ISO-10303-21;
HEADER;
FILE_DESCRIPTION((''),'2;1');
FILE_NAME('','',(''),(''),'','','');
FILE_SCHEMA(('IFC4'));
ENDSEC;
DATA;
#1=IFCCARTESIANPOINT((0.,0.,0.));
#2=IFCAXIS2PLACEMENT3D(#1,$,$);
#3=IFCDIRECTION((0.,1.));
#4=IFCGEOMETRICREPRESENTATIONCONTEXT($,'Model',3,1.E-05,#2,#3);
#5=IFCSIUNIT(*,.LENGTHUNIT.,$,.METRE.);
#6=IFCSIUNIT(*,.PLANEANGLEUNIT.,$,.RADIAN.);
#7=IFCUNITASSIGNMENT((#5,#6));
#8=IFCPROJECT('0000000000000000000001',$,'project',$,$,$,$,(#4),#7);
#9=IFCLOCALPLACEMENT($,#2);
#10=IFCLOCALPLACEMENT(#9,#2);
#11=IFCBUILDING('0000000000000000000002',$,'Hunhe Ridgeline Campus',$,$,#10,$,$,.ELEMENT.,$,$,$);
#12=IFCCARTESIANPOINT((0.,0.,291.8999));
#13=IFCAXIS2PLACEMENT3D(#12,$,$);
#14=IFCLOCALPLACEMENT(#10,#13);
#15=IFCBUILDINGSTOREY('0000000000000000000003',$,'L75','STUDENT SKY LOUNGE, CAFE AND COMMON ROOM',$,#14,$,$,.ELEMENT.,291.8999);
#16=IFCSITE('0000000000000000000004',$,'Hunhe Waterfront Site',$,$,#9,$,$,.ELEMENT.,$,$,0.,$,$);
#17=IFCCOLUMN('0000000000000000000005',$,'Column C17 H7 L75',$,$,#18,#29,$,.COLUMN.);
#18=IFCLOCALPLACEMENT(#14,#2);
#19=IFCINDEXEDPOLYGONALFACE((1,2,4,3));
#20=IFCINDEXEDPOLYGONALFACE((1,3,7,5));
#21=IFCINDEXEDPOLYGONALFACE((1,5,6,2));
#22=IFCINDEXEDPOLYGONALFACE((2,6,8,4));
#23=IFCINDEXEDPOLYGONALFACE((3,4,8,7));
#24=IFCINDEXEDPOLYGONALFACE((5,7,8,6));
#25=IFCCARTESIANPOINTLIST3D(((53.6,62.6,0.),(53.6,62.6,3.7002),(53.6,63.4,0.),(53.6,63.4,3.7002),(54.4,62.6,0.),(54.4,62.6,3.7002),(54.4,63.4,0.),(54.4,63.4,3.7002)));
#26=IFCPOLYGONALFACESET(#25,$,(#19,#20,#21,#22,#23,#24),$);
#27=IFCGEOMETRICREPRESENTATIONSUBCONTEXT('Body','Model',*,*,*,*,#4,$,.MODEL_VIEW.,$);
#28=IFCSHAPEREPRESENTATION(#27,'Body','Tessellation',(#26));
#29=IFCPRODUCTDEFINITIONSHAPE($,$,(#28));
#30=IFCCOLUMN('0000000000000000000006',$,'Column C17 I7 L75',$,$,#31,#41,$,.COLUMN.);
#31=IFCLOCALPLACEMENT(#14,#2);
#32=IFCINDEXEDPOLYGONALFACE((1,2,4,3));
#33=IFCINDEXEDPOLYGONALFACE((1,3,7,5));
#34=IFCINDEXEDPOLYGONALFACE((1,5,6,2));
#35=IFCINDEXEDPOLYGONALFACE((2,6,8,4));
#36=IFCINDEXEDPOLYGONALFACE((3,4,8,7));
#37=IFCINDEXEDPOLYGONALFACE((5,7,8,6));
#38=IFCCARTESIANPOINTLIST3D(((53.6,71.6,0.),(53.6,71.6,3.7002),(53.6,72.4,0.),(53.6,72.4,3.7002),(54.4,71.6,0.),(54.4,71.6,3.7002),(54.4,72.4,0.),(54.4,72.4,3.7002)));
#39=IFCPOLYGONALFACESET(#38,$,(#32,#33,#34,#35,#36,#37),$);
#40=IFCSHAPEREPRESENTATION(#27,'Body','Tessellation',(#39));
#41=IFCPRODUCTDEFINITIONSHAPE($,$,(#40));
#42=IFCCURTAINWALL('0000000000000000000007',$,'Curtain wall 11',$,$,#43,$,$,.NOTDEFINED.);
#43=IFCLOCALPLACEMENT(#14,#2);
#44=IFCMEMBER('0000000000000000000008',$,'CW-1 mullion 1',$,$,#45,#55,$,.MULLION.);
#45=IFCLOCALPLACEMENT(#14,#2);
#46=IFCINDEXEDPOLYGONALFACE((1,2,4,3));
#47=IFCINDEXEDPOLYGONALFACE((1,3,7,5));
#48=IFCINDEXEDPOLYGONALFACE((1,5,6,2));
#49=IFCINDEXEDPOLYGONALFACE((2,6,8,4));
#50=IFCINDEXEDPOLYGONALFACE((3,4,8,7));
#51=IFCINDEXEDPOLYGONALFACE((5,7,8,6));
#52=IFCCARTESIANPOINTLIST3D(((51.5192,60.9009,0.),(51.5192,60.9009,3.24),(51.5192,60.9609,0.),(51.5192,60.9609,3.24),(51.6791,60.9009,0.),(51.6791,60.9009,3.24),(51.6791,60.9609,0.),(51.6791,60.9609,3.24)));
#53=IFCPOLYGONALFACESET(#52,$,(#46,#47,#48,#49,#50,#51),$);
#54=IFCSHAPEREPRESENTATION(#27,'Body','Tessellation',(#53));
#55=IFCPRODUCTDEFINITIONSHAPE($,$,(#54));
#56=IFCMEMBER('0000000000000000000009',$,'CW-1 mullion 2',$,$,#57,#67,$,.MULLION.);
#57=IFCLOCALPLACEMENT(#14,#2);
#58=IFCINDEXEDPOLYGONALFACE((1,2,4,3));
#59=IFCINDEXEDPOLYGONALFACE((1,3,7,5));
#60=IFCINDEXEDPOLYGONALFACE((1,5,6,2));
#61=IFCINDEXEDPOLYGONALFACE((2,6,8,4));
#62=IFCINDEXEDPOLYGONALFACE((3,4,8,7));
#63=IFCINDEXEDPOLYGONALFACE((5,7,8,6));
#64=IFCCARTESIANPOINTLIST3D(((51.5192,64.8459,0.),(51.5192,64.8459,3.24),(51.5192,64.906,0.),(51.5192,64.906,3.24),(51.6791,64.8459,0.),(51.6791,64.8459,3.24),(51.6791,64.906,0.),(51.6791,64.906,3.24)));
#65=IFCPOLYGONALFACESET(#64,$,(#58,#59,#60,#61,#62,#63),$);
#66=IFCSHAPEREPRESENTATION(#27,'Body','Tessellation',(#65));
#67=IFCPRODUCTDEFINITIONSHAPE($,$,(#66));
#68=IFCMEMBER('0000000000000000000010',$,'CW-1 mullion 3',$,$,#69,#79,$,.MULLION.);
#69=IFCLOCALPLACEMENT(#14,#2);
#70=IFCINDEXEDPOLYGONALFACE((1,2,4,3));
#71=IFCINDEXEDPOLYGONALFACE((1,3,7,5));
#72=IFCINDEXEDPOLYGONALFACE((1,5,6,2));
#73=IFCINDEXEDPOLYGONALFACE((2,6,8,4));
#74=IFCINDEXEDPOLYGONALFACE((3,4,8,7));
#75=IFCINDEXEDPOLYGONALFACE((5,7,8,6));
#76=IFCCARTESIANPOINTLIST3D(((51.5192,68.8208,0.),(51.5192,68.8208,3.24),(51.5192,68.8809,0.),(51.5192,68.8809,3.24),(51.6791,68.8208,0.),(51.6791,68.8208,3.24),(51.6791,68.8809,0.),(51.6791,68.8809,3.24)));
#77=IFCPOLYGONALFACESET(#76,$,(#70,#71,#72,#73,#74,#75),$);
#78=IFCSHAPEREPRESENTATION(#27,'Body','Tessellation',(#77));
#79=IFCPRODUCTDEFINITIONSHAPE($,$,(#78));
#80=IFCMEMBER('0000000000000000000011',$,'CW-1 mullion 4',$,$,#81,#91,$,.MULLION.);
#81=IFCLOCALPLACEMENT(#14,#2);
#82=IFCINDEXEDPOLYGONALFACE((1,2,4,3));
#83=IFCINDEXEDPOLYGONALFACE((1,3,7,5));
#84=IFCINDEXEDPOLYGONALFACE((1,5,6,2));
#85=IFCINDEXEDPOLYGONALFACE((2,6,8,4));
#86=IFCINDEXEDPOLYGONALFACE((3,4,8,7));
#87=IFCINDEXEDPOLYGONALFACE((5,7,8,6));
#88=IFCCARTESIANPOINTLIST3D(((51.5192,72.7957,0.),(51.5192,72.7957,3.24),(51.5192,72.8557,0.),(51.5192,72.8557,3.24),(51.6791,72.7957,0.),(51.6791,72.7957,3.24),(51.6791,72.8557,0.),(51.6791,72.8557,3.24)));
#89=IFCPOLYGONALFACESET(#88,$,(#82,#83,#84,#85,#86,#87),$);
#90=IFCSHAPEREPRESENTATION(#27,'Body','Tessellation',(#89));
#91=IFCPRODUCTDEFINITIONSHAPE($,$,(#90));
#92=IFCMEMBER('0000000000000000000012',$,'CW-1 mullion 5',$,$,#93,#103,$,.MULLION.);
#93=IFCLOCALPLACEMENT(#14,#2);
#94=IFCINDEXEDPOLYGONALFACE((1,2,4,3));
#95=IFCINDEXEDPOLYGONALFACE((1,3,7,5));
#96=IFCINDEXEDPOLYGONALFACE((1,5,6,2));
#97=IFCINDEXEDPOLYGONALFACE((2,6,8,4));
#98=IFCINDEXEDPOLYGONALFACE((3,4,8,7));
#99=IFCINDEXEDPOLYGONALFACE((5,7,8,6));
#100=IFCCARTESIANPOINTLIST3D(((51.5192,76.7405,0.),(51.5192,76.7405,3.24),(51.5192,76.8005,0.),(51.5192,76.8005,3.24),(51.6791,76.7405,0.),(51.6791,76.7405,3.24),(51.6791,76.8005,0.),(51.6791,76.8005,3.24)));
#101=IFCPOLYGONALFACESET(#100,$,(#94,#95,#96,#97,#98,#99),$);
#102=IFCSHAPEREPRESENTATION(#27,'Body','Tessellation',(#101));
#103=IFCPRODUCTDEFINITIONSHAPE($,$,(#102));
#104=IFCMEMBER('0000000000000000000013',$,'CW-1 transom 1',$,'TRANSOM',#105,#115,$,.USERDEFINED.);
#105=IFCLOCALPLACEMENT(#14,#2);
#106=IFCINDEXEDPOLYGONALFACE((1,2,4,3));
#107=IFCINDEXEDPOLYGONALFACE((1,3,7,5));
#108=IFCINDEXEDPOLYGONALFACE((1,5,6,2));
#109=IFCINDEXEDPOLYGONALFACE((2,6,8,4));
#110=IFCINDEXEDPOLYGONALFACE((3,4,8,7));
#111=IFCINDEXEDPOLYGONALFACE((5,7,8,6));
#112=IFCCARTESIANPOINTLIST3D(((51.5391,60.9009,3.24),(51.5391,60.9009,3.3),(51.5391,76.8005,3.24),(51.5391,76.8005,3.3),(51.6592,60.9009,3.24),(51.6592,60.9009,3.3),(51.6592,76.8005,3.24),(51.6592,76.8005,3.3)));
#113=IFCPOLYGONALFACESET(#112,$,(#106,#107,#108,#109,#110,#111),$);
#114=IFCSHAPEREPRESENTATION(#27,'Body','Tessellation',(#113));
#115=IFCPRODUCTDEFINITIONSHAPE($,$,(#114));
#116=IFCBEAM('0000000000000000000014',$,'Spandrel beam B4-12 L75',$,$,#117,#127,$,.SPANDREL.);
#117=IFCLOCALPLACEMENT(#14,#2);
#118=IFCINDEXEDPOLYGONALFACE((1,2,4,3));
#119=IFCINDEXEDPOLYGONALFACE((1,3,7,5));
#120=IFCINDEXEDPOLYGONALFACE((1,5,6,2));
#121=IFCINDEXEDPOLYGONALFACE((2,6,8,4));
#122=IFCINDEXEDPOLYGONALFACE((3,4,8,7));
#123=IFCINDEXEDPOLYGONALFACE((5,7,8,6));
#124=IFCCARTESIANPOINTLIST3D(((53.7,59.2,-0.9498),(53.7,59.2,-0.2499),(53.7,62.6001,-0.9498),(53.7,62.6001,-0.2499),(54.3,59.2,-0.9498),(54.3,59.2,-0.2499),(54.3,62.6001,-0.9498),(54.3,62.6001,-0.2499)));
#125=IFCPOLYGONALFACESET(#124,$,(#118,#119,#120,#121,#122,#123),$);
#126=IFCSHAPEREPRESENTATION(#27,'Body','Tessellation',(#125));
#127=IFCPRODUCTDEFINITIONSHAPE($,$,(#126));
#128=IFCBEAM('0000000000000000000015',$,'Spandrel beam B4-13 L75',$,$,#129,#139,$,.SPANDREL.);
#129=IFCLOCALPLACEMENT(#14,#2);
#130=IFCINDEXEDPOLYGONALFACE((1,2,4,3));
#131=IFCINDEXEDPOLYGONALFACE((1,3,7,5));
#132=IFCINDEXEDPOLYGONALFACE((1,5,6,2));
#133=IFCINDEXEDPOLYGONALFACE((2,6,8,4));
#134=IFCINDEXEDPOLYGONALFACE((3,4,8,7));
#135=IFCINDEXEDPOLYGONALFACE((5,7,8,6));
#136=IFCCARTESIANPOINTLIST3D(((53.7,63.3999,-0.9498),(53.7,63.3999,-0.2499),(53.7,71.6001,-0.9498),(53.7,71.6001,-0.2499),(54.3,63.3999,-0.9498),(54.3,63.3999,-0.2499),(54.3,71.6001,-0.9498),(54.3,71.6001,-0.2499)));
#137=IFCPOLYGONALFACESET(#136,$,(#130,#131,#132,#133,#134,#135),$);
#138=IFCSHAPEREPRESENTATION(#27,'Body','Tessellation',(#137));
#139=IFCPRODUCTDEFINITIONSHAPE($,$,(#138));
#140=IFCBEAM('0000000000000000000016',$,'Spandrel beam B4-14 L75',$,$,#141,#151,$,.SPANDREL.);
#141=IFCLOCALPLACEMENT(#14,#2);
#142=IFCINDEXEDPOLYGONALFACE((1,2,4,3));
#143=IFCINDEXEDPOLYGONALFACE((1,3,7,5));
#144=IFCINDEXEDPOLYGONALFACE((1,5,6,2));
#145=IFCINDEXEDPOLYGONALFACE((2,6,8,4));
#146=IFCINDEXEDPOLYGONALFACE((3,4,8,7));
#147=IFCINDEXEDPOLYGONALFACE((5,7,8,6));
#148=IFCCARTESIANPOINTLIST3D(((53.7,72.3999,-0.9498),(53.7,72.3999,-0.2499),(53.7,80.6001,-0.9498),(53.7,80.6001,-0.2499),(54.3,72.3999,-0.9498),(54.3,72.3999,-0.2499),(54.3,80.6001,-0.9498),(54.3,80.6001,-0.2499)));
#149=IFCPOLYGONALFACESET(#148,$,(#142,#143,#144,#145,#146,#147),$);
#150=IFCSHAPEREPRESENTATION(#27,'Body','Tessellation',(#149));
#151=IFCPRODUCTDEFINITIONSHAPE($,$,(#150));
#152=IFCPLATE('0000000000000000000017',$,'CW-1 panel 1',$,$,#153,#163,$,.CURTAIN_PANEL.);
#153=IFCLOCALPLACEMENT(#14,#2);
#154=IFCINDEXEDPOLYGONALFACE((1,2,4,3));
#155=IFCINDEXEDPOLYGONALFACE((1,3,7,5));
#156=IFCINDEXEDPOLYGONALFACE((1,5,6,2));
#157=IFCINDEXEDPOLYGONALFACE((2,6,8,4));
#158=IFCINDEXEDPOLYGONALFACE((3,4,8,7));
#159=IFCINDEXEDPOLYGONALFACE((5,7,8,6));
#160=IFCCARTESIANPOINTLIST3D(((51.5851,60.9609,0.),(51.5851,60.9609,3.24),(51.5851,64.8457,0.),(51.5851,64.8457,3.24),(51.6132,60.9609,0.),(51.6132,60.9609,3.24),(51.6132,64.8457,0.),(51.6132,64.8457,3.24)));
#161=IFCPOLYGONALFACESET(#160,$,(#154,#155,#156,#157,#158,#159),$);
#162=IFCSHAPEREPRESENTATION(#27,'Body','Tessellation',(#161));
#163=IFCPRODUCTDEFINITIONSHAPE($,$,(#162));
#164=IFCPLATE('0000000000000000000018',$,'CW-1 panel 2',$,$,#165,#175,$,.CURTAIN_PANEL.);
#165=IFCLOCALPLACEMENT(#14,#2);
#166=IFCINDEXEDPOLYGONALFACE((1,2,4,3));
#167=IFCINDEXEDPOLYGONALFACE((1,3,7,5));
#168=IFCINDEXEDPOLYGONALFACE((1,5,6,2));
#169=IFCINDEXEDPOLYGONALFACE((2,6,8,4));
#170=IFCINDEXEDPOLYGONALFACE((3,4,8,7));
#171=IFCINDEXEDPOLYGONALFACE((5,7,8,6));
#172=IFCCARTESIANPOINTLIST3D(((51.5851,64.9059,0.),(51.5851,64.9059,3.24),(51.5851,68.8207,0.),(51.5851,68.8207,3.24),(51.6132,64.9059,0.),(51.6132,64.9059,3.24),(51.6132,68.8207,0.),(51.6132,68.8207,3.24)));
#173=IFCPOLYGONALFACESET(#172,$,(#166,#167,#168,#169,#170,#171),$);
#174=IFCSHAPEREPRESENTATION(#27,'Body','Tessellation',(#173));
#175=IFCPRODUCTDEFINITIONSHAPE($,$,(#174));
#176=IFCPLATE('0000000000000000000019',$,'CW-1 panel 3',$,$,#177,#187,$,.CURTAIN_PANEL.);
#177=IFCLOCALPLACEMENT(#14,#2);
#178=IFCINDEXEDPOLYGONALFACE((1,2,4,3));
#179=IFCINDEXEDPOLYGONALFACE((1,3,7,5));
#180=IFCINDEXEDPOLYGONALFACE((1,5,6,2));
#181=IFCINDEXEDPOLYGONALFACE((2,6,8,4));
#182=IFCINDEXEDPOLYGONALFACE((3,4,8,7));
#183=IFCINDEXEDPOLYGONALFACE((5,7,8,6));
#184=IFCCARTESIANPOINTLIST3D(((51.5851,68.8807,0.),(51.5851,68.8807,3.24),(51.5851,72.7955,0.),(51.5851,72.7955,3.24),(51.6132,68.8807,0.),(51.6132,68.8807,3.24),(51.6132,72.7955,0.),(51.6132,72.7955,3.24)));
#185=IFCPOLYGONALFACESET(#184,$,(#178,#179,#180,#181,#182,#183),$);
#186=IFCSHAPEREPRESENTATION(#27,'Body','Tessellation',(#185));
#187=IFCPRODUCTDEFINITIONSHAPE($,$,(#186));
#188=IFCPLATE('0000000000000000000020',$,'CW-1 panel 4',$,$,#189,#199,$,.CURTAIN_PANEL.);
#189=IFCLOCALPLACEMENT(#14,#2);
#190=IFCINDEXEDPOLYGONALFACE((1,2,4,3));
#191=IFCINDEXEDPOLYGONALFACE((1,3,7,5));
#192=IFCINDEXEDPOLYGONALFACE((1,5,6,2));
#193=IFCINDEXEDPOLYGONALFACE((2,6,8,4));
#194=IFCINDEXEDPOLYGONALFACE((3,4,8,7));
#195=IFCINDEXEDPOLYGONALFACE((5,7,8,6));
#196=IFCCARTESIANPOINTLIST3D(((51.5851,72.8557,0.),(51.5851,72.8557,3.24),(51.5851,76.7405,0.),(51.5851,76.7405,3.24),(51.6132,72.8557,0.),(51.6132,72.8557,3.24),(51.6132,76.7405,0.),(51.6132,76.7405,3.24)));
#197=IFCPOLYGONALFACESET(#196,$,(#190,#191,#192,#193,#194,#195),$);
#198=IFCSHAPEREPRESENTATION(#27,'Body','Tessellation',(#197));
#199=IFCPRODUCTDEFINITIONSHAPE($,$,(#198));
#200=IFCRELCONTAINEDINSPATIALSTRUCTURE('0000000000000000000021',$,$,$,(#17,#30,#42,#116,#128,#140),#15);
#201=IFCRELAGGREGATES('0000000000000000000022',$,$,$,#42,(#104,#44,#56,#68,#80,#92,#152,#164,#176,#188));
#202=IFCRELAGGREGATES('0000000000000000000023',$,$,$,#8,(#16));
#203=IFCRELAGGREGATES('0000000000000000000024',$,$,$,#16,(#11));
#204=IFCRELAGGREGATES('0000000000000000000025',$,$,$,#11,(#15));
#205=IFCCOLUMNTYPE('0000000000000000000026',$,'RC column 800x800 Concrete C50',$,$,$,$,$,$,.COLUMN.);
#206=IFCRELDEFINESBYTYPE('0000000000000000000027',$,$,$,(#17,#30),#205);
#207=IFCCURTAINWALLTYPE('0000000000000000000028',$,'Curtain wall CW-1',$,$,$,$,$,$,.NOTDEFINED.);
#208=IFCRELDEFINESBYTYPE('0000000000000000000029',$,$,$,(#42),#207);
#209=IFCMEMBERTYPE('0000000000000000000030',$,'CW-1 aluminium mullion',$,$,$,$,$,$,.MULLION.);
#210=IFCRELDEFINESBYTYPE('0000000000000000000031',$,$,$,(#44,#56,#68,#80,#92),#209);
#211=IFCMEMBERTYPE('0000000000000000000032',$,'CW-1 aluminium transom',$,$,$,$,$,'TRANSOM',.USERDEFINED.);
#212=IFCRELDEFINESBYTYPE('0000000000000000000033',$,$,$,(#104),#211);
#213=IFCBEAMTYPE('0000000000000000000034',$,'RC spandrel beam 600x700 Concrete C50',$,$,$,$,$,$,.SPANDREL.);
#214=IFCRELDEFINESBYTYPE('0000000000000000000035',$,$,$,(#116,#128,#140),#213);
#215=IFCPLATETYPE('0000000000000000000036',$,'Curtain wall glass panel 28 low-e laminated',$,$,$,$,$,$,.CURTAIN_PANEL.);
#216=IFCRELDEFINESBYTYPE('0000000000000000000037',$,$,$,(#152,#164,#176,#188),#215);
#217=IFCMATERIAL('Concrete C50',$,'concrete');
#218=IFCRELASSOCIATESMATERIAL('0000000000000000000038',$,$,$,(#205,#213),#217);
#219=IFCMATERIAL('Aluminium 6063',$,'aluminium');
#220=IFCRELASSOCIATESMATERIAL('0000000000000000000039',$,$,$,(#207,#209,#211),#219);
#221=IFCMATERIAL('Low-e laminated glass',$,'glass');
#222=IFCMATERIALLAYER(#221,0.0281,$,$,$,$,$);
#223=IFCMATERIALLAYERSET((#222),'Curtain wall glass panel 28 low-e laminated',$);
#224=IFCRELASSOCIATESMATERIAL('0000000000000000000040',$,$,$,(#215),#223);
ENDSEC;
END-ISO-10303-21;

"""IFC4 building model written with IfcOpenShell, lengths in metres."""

from ifc_helpers import new_model, si_unit, direction, frame, origin, origin_2d, place, context, subcontext, project, spatial, rectangle, extrude, material, layer, layer_set, material_profile, profile_set, type_object, element, aggregate, save


model = new_model("IFC4")

# Units and contexts
model_context = context("Model", 3, precision=1e-05, world=origin(), true_north=direction((0.0, 1.0)))
body_context = subcontext(model_context, "Body", "Model", "MODEL_VIEW")
ifc_project = project(units=[si_unit("LENGTHUNIT", "METRE"), si_unit("PLANEANGLEUNIT", "RADIAN")], contexts=[model_context])

# Site, building, storey
site_placement = place(None, origin())
site = spatial("IfcSite", under=ifc_project, at=site_placement, Name="Hunhe Waterfront Site", CompositionType="ELEMENT", RefElevation=0.0)
building_placement = place(site_placement, origin())
building = spatial("IfcBuilding", under=site, at=building_placement, Name="Hunhe Ridgeline Campus", CompositionType="ELEMENT")
storey_placement = place(building_placement, frame((0.0, 0.0, 291.8999)))
storey = spatial("IfcBuildingStorey", under=building, at=storey_placement, Name="L75", Description="STUDENT SKY LOUNGE, CAFE AND COMMON ROOM", CompositionType="ELEMENT", Elevation=291.8999)

# Columns
ifc_material_1 = material(Name="Concrete C50", Category="concrete")
ifc_material_profile_1 = material_profile(ifc_material_1, rectangle(XDim=0.8, YDim=0.8, at=origin_2d()))
ifc_profile_set_1 = profile_set([ifc_material_profile_1], Name="Concrete C50")
column_type = type_object("IfcColumnType", Name="RC column 800x800 Concrete C50", PredefinedType="COLUMN", material=ifc_profile_set_1)
for number, where, z_axis, x_axis, name in (
    (1, (54.0, 63.0, 0.0), (0.0, 0.0, 1.0), (1.0, 0.0, 0.0), "Column C17 H7 L75"),
    (2, (54.0, 72.0, 0.0), (0.0, 0.0, 1.0), (1.0, 0.0, 0.0), "Column C17 I7 L75"),
):
    element("IfcColumn", number, at=place(storey_placement, frame(where, z_axis=z_axis, x_axis=x_axis)), inside=storey, type_object=column_type, Name=name, PredefinedType="COLUMN", context=body_context, shape_type="SweptSolid", body=[
        extrude(rectangle(XDim=0.8, YDim=0.8, at=origin_2d()), origin(), (0.0, 0.0, 1.0), 3.7002),
    ])

# Curtain wall, members
ifc_material_2 = material(Name="Aluminium 6063", Category="aluminium")
curtain_wall_type = type_object("IfcCurtainWallType", Name="Curtain wall CW-1", PredefinedType="NOTDEFINED", material=ifc_material_2)
curtain_wall_placement = place(storey_placement, origin())
curtain_wall = element("IfcCurtainWall", 3, at=curtain_wall_placement, inside=storey, type_object=curtain_wall_type, Name="Curtain wall 11", PredefinedType="NOTDEFINED")
ifc_material_profile_2 = material_profile(ifc_material_2, rectangle(XDim=0.1599, YDim=0.0601, at=origin_2d()))
ifc_profile_set_2 = profile_set([ifc_material_profile_2], Name="Aluminium 6063")
member_type_1 = type_object("IfcMemberType", Name="CW-1 aluminium mullion", PredefinedType="MULLION", material=ifc_profile_set_2)
member_1_placement = place(storey_placement, frame((51.5991, 60.9309, 0.0), z_axis=(0.0, 0.0, 1.0), x_axis=(-1.0, 0.0, 0.0)))
member_1 = element("IfcMember", 4, at=member_1_placement, type_object=member_type_1, Name="CW-1 mullion 1", PredefinedType="MULLION", context=body_context, shape_type="SweptSolid", body=[
    extrude(rectangle(XDim=0.1599, YDim=0.0601, at=origin_2d()), origin(), (0.0, 0.0, 1.0), 3.24),
])
member_2_placement = place(storey_placement, frame((51.5991, 64.876, 0.0), z_axis=(0.0, 0.0, 1.0), x_axis=(-1.0, 0.0, 0.0)))
member_2 = element("IfcMember", 5, at=member_2_placement, type_object=member_type_1, Name="CW-1 mullion 2", PredefinedType="MULLION", context=body_context, shape_type="SweptSolid", body=[
    extrude(rectangle(XDim=0.1599, YDim=0.0601, at=origin_2d()), origin(), (0.0, 0.0, 1.0), 3.24),
])
member_3_placement = place(storey_placement, frame((51.5991, 68.8508, 0.0), z_axis=(0.0, 0.0, 1.0), x_axis=(-1.0, 0.0, 0.0)))
member_3 = element("IfcMember", 6, at=member_3_placement, type_object=member_type_1, Name="CW-1 mullion 3", PredefinedType="MULLION", context=body_context, shape_type="SweptSolid", body=[
    extrude(rectangle(XDim=0.1599, YDim=0.0601, at=origin_2d()), origin(), (0.0, 0.0, 1.0), 3.24),
])
member_4_placement = place(storey_placement, frame((51.5991, 72.8257, 0.0), z_axis=(0.0, 0.0, 1.0), x_axis=(-1.0, 0.0, 0.0)))
member_4 = element("IfcMember", 7, at=member_4_placement, type_object=member_type_1, Name="CW-1 mullion 4", PredefinedType="MULLION", context=body_context, shape_type="SweptSolid", body=[
    extrude(rectangle(XDim=0.1599, YDim=0.0601, at=origin_2d()), origin(), (0.0, 0.0, 1.0), 3.24),
])
member_5_placement = place(storey_placement, frame((51.5991, 76.7705, 0.0), z_axis=(0.0, 0.0, 1.0), x_axis=(-1.0, 0.0, 0.0)))
member_5 = element("IfcMember", 8, at=member_5_placement, type_object=member_type_1, Name="CW-1 mullion 5", PredefinedType="MULLION", context=body_context, shape_type="SweptSolid", body=[
    extrude(rectangle(XDim=0.1599, YDim=0.0601, at=origin_2d()), origin(), (0.0, 0.0, 1.0), 3.24),
])
ifc_material_profile_3 = material_profile(ifc_material_2, rectangle(XDim=0.1201, YDim=0.0601, at=origin_2d()))
ifc_profile_set_3 = profile_set([ifc_material_profile_3], Name="Aluminium 6063")
member_type_2 = type_object("IfcMemberType", Name="CW-1 aluminium transom", ElementType="TRANSOM", PredefinedType="USERDEFINED", material=ifc_profile_set_3)
member_6_placement = place(storey_placement, frame((51.5991, 60.9009, 3.27), z_axis=(0.0, 1.0, 0.0), x_axis=(-1.0, 0.0, 0.0)))
member_6 = element("IfcMember", 9, at=member_6_placement, type_object=member_type_2, Name="CW-1 transom 1", ObjectType="TRANSOM", PredefinedType="USERDEFINED", context=body_context, shape_type="SweptSolid", body=[
    extrude(rectangle(XDim=0.1201, YDim=0.0601, at=origin_2d()), origin(), (0.0, 0.0, 1.0), 15.8997),
])

# Beams
ifc_material_profile_4 = material_profile(ifc_material_1, rectangle(XDim=0.6001, YDim=0.7, at=origin_2d()))
ifc_profile_set_4 = profile_set([ifc_material_profile_4], Name="Concrete C50")
beam_type = type_object("IfcBeamType", Name="RC spandrel beam 600x700 Concrete C50", PredefinedType="SPANDREL", material=ifc_profile_set_4)
beam_placement = place(storey_placement, frame((54.0, 59.2, -0.5999), z_axis=(0.0, 1.0, 0.0), x_axis=(-1.0, 0.0, 0.0)))
element("IfcBeam", 10, at=beam_placement, inside=storey, type_object=beam_type, Name="Spandrel beam B4-12 L75", PredefinedType="SPANDREL", context=body_context, shape_type="SweptSolid", body=[
    extrude(rectangle(XDim=0.6001, YDim=0.7, at=origin_2d()), origin(), (0.0, 0.0, 1.0), 3.4001),
])
for number, where, z_axis, x_axis, name in (
    (11, (54.0, 63.3999, -0.5999), (0.0, 1.0, 0.0), (-1.0, 0.0, 0.0), "Spandrel beam B4-13 L75"),
    (12, (54.0, 72.3999, -0.5999), (0.0, 1.0, 0.0), (-1.0, 0.0, 0.0), "Spandrel beam B4-14 L75"),
):
    element("IfcBeam", number, at=place(storey_placement, frame(where, z_axis=z_axis, x_axis=x_axis)), inside=storey, type_object=beam_type, Name=name, PredefinedType="SPANDREL", context=body_context, shape_type="SweptSolid", body=[
        extrude(rectangle(XDim=0.6001, YDim=0.7, at=origin_2d()), origin(), (0.0, 0.0, 1.0), 8.2002),
    ])

# Plates
ifc_material_3 = material(Name="Low-e laminated glass", Category="glass")
ifc_layer_1 = layer(ifc_material_3, 0.0281)
ifc_layer_set_1 = layer_set([ifc_layer_1], Name="Curtain wall glass panel 28 low-e laminated")
plate_type = type_object("IfcPlateType", Name="Curtain wall glass panel 28 low-e laminated", PredefinedType="CURTAIN_PANEL", material=ifc_layer_set_1)
plate_1_placement = place(storey_placement, frame((51.5991, 62.9033, 0.0), z_axis=(0.0, 0.0, 1.0), x_axis=(0.0, 1.0, 0.0)))
plate_1 = element("IfcPlate", 13, at=plate_1_placement, type_object=plate_type, Name="CW-1 panel 1", PredefinedType="CURTAIN_PANEL", context=body_context, shape_type="SweptSolid", body=[
    extrude(rectangle(XDim=3.8848, YDim=0.0281, at=origin_2d()), origin(), (0.0, 0.0, 1.0), 3.24),
])
plate_2_placement = place(storey_placement, frame((51.5991, 66.8633, 0.0), z_axis=(0.0, 0.0, 1.0), x_axis=(0.0, 1.0, 0.0)))
plate_2 = element("IfcPlate", 14, at=plate_2_placement, type_object=plate_type, Name="CW-1 panel 2", PredefinedType="CURTAIN_PANEL", context=body_context, shape_type="SweptSolid", body=[
    extrude(rectangle(XDim=3.9148, YDim=0.0281, at=origin_2d()), origin(), (0.0, 0.0, 1.0), 3.24),
])
plate_3_placement = place(storey_placement, frame((51.5991, 70.8381, 0.0), z_axis=(0.0, 0.0, 1.0), x_axis=(0.0, 1.0, 0.0)))
plate_3 = element("IfcPlate", 15, at=plate_3_placement, type_object=plate_type, Name="CW-1 panel 3", PredefinedType="CURTAIN_PANEL", context=body_context, shape_type="SweptSolid", body=[
    extrude(rectangle(XDim=3.9148, YDim=0.0281, at=origin_2d()), origin(), (0.0, 0.0, 1.0), 3.24),
])
plate_4_placement = place(storey_placement, frame((51.5991, 74.7981, 0.0), z_axis=(0.0, 0.0, 1.0), x_axis=(0.0, 1.0, 0.0)))
plate_4 = element("IfcPlate", 16, at=plate_4_placement, type_object=plate_type, Name="CW-1 panel 4", PredefinedType="CURTAIN_PANEL", context=body_context, shape_type="SweptSolid", body=[
    extrude(rectangle(XDim=3.8848, YDim=0.0281, at=origin_2d()), origin(), (0.0, 0.0, 1.0), 3.24),
])
aggregate(curtain_wall, [member_6, member_1, member_2, member_3, member_4, member_5, plate_1, plate_2, plate_3, plate_4])

save(model, "model.ifc")
